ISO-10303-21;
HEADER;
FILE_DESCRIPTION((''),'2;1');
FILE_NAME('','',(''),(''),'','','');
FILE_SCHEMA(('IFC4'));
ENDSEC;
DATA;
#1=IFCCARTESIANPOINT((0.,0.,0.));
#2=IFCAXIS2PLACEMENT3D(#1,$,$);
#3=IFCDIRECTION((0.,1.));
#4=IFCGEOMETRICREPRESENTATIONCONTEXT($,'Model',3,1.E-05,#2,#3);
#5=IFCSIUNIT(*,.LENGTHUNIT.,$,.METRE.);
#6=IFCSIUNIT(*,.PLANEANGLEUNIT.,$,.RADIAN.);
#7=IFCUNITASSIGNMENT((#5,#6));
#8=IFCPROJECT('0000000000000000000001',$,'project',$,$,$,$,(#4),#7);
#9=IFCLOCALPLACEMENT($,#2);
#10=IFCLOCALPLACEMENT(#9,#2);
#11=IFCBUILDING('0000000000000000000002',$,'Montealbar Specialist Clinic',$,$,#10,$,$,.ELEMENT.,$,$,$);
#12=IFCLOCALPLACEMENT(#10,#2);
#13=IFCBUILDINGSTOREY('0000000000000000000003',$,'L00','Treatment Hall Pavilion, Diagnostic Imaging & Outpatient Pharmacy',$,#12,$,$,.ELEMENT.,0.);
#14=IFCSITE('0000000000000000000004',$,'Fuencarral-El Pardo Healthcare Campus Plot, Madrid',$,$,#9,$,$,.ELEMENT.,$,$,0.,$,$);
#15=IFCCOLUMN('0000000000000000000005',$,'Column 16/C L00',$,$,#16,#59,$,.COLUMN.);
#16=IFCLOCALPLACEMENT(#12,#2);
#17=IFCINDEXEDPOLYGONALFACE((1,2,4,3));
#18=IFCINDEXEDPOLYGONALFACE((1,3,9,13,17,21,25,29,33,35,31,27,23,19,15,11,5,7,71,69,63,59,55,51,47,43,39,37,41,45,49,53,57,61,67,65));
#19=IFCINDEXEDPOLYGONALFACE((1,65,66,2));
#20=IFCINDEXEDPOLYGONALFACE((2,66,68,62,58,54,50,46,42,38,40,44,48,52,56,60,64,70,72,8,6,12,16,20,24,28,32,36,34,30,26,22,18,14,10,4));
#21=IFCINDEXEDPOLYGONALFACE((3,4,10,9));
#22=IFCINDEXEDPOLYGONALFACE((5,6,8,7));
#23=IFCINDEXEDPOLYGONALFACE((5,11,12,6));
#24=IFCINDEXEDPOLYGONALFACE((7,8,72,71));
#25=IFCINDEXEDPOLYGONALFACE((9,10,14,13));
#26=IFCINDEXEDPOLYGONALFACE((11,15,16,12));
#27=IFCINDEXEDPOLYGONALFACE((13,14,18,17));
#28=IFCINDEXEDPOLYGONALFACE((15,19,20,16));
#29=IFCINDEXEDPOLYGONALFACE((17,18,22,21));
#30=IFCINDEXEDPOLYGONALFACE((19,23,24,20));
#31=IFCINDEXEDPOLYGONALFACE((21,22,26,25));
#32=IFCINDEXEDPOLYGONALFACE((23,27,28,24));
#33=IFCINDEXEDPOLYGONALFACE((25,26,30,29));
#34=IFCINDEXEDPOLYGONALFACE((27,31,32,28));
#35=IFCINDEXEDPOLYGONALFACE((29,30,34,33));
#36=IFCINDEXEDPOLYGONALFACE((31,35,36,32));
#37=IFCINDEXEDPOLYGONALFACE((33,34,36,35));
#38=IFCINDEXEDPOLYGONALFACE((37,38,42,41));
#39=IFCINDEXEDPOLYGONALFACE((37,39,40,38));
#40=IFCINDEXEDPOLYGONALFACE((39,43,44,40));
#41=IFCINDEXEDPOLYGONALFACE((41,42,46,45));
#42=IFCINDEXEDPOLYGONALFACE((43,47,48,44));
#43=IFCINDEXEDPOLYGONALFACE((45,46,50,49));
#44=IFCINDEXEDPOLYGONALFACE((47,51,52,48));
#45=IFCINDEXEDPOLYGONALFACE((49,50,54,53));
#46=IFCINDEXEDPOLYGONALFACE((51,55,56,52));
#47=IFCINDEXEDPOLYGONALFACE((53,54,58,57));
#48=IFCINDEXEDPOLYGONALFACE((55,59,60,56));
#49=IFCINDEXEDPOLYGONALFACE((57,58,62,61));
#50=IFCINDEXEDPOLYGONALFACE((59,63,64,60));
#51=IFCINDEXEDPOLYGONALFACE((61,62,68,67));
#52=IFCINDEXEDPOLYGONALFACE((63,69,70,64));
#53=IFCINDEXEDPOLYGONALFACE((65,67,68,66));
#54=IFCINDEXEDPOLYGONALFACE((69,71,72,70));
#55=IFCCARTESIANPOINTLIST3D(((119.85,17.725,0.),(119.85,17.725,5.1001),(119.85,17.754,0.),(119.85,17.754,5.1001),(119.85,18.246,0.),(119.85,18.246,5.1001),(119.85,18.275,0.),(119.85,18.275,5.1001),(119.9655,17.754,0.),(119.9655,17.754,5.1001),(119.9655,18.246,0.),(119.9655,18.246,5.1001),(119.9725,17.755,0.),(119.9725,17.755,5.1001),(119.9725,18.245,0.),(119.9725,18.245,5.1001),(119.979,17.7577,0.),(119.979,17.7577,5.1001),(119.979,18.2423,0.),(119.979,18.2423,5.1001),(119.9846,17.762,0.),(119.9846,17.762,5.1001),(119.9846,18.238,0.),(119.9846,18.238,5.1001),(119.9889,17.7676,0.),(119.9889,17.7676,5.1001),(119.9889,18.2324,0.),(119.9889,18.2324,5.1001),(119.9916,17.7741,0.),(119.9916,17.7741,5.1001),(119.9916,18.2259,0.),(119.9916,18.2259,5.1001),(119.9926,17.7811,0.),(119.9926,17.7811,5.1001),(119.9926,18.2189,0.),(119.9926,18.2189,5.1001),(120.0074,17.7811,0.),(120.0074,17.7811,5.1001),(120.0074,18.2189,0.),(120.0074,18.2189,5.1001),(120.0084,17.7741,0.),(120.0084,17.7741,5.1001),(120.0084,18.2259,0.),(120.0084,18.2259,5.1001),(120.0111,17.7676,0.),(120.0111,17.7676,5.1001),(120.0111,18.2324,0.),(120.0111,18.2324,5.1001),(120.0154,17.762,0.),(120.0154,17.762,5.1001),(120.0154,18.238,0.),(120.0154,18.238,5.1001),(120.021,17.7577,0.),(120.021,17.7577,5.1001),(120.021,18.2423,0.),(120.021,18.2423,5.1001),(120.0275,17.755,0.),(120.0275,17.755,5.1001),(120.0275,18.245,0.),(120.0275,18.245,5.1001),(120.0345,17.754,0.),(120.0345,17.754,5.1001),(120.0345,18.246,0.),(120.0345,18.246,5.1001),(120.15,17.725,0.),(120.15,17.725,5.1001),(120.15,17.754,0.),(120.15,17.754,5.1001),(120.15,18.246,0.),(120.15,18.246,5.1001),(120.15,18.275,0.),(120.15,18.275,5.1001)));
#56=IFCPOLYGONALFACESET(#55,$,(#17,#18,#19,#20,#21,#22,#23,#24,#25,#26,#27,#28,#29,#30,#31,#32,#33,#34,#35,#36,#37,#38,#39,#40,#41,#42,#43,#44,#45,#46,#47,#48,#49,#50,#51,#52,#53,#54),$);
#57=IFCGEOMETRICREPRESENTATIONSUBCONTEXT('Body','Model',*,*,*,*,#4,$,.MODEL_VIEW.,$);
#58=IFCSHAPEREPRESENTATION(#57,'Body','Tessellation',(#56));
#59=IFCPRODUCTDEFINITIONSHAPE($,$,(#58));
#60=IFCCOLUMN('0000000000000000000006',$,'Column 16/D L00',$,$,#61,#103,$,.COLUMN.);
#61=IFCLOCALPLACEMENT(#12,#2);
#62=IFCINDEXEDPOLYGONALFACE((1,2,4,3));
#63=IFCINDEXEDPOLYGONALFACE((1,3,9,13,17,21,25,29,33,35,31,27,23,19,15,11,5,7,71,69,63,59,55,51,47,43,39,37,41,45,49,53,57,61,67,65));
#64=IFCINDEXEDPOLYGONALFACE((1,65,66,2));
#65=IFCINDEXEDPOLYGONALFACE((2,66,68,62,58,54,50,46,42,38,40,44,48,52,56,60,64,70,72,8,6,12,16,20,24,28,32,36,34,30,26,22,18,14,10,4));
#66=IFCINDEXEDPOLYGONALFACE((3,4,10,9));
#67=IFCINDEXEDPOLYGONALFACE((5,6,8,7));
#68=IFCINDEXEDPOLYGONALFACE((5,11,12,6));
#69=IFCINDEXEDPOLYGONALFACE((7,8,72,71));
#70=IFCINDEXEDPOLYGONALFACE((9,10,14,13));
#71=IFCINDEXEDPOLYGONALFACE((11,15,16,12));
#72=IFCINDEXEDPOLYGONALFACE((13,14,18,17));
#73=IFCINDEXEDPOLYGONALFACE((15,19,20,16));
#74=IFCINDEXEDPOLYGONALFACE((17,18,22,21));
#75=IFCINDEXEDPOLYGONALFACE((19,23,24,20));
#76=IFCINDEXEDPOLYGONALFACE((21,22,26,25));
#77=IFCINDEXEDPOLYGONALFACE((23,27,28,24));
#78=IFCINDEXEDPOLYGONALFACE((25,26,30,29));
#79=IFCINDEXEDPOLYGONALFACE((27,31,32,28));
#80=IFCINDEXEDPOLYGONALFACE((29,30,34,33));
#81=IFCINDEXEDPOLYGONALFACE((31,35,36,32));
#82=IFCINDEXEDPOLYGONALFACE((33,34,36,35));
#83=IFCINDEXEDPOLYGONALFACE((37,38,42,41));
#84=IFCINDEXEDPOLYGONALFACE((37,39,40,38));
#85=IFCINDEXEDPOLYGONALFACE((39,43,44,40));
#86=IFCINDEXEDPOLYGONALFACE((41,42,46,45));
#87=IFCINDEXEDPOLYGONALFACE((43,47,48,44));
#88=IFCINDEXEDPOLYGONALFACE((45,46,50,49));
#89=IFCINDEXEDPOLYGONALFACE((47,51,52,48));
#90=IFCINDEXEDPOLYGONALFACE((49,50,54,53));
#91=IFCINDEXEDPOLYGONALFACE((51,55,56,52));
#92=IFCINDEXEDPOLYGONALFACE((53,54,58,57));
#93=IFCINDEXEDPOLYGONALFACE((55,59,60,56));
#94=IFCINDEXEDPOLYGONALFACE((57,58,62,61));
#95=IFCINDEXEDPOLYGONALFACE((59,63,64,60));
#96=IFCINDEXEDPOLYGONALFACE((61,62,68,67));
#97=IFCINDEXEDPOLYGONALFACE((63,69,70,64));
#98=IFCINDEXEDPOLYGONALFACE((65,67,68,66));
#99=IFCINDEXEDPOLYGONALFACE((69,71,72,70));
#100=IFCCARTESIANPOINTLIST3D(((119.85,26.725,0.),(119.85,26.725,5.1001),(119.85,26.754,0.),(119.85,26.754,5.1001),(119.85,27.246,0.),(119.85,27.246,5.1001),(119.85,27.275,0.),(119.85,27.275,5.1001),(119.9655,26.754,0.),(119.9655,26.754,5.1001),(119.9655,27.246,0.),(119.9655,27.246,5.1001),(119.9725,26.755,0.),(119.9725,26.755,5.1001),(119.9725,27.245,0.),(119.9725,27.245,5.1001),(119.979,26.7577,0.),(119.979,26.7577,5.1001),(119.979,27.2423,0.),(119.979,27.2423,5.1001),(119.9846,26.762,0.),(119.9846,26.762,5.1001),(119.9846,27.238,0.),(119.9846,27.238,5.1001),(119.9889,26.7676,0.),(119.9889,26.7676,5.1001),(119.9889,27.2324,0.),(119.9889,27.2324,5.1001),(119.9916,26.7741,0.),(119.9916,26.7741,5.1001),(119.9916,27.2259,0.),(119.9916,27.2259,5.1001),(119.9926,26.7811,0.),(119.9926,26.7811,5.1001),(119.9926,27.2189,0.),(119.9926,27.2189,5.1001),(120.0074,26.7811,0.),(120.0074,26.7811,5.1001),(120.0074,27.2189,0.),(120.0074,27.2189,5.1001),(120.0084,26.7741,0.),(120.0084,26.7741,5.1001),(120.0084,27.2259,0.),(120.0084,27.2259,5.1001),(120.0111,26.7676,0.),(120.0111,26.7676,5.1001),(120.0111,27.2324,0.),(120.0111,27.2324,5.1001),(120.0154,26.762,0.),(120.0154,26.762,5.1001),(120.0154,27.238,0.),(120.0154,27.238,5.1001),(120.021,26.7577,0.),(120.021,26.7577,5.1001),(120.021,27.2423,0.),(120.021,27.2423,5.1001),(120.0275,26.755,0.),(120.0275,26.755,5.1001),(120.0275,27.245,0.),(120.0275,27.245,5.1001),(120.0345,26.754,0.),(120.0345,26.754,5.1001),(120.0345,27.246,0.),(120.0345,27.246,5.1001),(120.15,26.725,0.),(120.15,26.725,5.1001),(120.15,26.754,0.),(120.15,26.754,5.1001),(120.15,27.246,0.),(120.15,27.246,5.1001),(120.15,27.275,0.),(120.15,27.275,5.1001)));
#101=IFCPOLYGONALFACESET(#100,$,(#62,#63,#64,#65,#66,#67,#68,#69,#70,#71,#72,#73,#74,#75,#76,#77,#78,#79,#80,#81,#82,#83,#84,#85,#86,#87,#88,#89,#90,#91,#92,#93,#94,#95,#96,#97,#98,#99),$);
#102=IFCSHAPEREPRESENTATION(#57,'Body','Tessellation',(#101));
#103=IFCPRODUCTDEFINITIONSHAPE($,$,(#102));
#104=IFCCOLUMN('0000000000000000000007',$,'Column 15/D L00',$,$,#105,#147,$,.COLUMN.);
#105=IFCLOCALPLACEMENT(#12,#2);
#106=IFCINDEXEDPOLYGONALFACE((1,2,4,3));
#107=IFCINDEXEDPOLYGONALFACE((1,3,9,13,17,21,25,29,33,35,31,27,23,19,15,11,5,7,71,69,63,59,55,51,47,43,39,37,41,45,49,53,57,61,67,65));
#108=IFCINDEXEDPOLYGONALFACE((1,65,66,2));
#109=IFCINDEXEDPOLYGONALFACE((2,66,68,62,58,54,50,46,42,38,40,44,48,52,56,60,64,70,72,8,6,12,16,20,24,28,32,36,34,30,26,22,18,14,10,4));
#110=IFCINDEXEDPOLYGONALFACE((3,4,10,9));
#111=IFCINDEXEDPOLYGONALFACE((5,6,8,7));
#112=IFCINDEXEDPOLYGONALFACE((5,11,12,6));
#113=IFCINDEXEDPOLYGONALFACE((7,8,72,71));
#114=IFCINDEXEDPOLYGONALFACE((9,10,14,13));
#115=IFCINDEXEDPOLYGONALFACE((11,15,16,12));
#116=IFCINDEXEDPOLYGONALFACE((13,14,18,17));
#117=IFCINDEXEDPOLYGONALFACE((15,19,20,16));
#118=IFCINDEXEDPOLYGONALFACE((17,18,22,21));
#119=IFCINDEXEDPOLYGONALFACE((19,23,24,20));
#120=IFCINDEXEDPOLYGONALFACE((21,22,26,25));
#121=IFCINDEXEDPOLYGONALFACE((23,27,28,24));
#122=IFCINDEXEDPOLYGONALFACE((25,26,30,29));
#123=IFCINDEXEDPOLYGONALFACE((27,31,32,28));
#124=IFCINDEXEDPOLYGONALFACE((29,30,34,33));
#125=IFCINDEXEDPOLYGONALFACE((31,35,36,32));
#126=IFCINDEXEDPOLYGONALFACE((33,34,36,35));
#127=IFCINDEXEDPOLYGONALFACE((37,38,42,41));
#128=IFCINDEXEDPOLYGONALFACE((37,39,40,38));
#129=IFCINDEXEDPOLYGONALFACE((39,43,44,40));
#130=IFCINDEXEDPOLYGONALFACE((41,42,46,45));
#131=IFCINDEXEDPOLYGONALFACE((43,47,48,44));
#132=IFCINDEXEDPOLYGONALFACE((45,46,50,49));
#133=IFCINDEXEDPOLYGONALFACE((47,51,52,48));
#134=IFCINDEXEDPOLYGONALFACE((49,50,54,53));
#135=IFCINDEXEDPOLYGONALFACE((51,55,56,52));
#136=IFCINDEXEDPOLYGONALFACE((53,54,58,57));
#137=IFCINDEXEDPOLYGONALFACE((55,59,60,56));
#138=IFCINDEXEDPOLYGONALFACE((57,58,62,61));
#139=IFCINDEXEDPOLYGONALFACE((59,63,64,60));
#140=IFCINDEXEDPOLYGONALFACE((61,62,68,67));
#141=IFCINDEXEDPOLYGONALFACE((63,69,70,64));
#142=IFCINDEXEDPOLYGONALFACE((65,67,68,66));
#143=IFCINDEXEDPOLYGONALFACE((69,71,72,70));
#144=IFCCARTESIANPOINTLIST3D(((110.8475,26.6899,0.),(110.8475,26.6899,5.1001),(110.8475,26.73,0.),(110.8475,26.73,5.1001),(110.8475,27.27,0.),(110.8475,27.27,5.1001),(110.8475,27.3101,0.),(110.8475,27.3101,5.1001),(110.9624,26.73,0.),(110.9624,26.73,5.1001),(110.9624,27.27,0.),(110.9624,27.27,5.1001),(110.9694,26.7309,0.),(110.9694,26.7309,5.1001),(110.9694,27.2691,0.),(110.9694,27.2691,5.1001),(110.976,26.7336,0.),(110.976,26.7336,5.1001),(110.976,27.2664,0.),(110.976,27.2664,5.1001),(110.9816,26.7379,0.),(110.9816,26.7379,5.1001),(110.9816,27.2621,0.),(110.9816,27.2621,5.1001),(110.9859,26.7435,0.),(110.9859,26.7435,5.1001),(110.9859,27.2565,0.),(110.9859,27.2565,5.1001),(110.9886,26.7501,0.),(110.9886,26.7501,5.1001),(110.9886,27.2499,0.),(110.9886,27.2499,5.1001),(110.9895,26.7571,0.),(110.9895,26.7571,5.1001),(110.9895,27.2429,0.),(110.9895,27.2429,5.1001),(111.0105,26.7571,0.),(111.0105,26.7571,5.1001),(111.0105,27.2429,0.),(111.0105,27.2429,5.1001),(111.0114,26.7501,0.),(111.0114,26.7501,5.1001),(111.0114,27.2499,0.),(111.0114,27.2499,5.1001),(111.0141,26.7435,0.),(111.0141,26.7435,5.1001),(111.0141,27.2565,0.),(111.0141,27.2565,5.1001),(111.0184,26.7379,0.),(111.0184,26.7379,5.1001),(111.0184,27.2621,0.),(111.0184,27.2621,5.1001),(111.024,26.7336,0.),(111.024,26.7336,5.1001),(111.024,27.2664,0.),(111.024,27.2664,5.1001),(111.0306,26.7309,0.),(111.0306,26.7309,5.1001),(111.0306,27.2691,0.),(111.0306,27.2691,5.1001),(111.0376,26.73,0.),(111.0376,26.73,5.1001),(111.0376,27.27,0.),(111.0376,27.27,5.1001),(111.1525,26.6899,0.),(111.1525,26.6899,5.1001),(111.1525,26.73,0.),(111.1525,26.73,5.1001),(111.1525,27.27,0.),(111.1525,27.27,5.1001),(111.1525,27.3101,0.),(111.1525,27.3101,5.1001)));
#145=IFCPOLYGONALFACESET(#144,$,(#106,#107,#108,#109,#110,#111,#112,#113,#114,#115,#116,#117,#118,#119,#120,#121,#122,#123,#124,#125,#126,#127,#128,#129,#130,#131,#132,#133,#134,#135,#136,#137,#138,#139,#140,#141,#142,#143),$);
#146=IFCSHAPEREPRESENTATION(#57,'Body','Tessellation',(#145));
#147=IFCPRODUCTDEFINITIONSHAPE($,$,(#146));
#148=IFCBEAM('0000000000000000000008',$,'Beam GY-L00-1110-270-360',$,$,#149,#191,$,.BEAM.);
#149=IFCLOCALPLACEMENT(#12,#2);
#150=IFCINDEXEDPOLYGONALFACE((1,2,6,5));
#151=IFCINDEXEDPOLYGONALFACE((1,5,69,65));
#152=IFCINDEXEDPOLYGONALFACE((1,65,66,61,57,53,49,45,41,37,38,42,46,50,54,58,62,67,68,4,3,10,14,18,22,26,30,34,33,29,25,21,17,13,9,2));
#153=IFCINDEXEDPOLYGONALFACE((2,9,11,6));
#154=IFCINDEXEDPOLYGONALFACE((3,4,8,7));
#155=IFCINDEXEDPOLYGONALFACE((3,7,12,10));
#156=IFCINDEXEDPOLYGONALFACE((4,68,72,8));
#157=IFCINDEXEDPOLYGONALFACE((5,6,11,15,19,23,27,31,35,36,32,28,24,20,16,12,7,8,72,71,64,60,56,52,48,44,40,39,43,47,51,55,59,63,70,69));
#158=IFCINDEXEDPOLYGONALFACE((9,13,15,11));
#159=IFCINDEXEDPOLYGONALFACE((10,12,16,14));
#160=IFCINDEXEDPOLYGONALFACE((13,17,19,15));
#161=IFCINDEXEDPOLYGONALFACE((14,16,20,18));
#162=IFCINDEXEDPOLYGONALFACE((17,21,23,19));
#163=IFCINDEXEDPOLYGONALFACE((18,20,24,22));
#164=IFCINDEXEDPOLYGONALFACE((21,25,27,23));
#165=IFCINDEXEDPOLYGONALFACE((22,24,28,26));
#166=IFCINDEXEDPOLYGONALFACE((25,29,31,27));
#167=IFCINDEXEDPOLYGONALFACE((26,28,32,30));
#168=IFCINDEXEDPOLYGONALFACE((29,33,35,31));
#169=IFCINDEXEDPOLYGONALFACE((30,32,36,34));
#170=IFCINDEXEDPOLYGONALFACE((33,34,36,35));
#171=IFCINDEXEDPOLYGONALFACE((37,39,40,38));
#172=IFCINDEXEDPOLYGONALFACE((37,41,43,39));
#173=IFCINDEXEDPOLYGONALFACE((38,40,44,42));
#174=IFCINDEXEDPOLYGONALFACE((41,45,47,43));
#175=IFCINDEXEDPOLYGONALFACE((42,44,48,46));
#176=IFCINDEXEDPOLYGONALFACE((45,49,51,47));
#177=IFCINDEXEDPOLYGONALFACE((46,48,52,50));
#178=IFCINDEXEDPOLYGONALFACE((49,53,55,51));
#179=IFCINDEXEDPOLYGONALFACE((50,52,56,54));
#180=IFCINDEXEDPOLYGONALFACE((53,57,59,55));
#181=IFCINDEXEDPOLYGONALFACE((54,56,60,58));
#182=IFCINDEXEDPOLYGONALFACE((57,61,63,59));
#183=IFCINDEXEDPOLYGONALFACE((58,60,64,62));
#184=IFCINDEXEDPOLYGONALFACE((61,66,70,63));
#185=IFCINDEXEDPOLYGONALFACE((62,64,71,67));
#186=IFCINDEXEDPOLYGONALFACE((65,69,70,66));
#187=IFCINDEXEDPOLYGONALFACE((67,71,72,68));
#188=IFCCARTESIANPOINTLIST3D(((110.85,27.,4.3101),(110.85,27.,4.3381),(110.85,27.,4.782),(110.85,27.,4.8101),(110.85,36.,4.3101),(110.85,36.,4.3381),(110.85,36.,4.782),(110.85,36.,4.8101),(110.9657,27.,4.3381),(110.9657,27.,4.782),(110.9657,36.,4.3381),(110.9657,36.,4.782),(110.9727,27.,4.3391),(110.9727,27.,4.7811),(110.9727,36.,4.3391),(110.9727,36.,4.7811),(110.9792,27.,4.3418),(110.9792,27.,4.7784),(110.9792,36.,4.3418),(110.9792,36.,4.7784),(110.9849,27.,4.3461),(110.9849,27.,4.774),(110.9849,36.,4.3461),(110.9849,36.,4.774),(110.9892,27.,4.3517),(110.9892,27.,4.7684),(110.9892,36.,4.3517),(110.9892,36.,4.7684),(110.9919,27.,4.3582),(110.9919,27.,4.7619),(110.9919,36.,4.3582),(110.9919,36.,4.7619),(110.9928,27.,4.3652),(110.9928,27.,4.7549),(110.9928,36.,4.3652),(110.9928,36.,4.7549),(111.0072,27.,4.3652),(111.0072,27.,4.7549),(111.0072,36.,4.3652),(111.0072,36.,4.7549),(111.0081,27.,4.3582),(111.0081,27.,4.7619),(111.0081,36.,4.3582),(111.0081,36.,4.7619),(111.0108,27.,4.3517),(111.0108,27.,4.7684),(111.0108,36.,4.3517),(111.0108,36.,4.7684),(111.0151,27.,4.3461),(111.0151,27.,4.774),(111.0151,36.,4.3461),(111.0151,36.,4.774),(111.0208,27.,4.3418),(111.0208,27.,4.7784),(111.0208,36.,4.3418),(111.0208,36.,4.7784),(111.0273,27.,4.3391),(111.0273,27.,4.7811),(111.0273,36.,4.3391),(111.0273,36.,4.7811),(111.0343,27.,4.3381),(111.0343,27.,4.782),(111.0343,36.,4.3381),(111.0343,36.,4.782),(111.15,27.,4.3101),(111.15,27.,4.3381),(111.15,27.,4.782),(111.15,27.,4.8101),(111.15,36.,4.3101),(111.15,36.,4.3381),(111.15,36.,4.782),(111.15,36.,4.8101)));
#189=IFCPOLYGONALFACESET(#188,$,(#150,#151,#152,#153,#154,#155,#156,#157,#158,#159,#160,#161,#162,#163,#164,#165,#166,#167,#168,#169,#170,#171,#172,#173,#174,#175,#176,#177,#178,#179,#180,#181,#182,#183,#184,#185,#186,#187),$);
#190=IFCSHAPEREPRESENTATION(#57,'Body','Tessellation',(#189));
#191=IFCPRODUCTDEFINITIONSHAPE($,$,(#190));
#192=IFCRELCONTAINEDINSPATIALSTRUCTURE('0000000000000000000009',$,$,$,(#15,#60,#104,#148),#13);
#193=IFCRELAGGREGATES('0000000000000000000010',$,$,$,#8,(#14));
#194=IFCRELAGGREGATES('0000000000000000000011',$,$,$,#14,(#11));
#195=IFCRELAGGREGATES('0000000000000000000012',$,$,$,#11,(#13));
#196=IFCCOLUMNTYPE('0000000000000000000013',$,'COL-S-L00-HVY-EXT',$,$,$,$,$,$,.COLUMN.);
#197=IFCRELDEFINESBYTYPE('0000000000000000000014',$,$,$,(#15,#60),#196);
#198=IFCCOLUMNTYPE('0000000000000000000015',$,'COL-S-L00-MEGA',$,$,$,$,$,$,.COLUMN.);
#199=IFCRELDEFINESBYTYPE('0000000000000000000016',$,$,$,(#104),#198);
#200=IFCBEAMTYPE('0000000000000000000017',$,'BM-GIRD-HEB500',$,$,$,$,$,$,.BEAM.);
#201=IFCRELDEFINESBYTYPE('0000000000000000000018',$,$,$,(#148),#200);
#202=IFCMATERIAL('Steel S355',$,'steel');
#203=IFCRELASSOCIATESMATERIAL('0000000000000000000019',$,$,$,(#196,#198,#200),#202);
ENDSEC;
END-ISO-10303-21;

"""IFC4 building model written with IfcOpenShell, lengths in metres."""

from ifc_helpers import new_model, si_unit, direction, frame, origin, origin_2d, place, context, subcontext, project, spatial, i_section, extrude, material, material_profile, profile_set, type_object, element, save


model = new_model("IFC4")

# Units and contexts
model_context = context("Model", 3, precision=1e-05, world=origin(), true_north=direction((0.0, 1.0)))
body_context = subcontext(model_context, "Body", "Model", "MODEL_VIEW")
ifc_project = project(units=[si_unit("LENGTHUNIT", "METRE"), si_unit("PLANEANGLEUNIT", "RADIAN")], contexts=[model_context])

# Site, building, storey
site_placement = place(None, origin())
site = spatial("IfcSite", under=ifc_project, at=site_placement, Name="Fuencarral-El Pardo Healthcare Campus Plot, Madrid", CompositionType="ELEMENT", RefElevation=0.0)
building_placement = place(site_placement, origin())
building = spatial("IfcBuilding", under=site, at=building_placement, Name="Montealbar Specialist Clinic", CompositionType="ELEMENT")
storey_placement = place(building_placement, origin())
storey = spatial("IfcBuildingStorey", under=building, at=storey_placement, Name="L00", Description="Treatment Hall Pavilion, Diagnostic Imaging & Outpatient Pharmacy", CompositionType="ELEMENT", Elevation=0.0)

# Columns
ifc_material_1 = material(Name="Steel S355", Category="steel")
ifc_material_profile_1 = material_profile(ifc_material_1, i_section(OverallWidth=0.3, OverallDepth=0.55, WebThickness=0.0149, FlangeThickness=0.0291, FilletRadius=0.0271, at=origin_2d()), Name="HEB 550", Category="steel")
ifc_profile_set_1 = profile_set([ifc_material_profile_1], Name="Steel S355")
column_type_1 = type_object("IfcColumnType", Name="COL-S-L00-HVY-EXT", PredefinedType="COLUMN", material=ifc_profile_set_1)
for number, where, z_axis, x_axis, name in (
    (1, (120.0, 18.0, 0.0), (0.0, 0.0, 1.0), (1.0, 0.0, 0.0), "Column 16/C L00"),
    (2, (120.0, 27.0, 0.0), (0.0, 0.0, 1.0), (1.0, 0.0, 0.0), "Column 16/D L00"),
):
    element("IfcColumn", number, at=place(storey_placement, frame(where, z_axis=z_axis, x_axis=x_axis)), inside=storey, type_object=column_type_1, Name=name, PredefinedType="COLUMN", context=body_context, shape_type="SweptSolid", body=[
        extrude(i_section(OverallWidth=0.3, OverallDepth=0.55, WebThickness=0.0149, FlangeThickness=0.0291, FilletRadius=0.0271, at=origin_2d()), origin(), (0.0, 0.0, 1.0), 5.1001),
    ])
ifc_material_profile_2 = material_profile(ifc_material_1, i_section(OverallWidth=0.3049, OverallDepth=0.6201, WebThickness=0.021, FlangeThickness=0.04, FilletRadius=0.0271, at=origin_2d()), Name="HEM 600", Category="steel")
ifc_profile_set_2 = profile_set([ifc_material_profile_2], Name="Steel S355")
column_type_2 = type_object("IfcColumnType", Name="COL-S-L00-MEGA", PredefinedType="COLUMN", material=ifc_profile_set_2)
column_placement = place(storey_placement, frame((111.0, 27.0, 0.0), z_axis=(0.0, 0.0, 1.0), x_axis=(1.0, 0.0, 0.0)))
element("IfcColumn", 3, at=column_placement, inside=storey, type_object=column_type_2, Name="Column 15/D L00", PredefinedType="COLUMN", context=body_context, shape_type="SweptSolid", body=[
    extrude(i_section(OverallWidth=0.3049, OverallDepth=0.6201, WebThickness=0.021, FlangeThickness=0.04, FilletRadius=0.0271, at=origin_2d()), origin(), (0.0, 0.0, 1.0), 5.1001),
])

# Beam
ifc_material_profile_3 = material_profile(ifc_material_1, i_section(OverallWidth=0.3, OverallDepth=0.5, WebThickness=0.0144, FlangeThickness=0.0281, FilletRadius=0.0271, at=origin_2d()), Name="HEB 500", Category="steel")
ifc_profile_set_3 = profile_set([ifc_material_profile_3], Name="Steel S355")
beam_type_1 = type_object("IfcBeamType", Name="BM-GIRD-HEB500", PredefinedType="BEAM", material=ifc_profile_set_3)
for number, where, z_axis, x_axis, name in (
    (4, (111.0, 27.0, 4.5601), (0.0, 1.0, 0.0), (-1.0, 0.0, 0.0), "Beam GY-L00-1110-270-360"),
):
    element("IfcBeam", number, at=place(storey_placement, frame(where, z_axis=z_axis, x_axis=x_axis)), inside=storey, type_object=beam_type_1, Name=name, PredefinedType="BEAM", context=body_context, shape_type="SweptSolid", body=[
        extrude(i_section(OverallWidth=0.3, OverallDepth=0.5, WebThickness=0.0144, FlangeThickness=0.0281, FilletRadius=0.0271, at=origin_2d()), origin(), (0.0, 0.0, 1.0), 9.0),
    ])

save(model, "model.ifc")
